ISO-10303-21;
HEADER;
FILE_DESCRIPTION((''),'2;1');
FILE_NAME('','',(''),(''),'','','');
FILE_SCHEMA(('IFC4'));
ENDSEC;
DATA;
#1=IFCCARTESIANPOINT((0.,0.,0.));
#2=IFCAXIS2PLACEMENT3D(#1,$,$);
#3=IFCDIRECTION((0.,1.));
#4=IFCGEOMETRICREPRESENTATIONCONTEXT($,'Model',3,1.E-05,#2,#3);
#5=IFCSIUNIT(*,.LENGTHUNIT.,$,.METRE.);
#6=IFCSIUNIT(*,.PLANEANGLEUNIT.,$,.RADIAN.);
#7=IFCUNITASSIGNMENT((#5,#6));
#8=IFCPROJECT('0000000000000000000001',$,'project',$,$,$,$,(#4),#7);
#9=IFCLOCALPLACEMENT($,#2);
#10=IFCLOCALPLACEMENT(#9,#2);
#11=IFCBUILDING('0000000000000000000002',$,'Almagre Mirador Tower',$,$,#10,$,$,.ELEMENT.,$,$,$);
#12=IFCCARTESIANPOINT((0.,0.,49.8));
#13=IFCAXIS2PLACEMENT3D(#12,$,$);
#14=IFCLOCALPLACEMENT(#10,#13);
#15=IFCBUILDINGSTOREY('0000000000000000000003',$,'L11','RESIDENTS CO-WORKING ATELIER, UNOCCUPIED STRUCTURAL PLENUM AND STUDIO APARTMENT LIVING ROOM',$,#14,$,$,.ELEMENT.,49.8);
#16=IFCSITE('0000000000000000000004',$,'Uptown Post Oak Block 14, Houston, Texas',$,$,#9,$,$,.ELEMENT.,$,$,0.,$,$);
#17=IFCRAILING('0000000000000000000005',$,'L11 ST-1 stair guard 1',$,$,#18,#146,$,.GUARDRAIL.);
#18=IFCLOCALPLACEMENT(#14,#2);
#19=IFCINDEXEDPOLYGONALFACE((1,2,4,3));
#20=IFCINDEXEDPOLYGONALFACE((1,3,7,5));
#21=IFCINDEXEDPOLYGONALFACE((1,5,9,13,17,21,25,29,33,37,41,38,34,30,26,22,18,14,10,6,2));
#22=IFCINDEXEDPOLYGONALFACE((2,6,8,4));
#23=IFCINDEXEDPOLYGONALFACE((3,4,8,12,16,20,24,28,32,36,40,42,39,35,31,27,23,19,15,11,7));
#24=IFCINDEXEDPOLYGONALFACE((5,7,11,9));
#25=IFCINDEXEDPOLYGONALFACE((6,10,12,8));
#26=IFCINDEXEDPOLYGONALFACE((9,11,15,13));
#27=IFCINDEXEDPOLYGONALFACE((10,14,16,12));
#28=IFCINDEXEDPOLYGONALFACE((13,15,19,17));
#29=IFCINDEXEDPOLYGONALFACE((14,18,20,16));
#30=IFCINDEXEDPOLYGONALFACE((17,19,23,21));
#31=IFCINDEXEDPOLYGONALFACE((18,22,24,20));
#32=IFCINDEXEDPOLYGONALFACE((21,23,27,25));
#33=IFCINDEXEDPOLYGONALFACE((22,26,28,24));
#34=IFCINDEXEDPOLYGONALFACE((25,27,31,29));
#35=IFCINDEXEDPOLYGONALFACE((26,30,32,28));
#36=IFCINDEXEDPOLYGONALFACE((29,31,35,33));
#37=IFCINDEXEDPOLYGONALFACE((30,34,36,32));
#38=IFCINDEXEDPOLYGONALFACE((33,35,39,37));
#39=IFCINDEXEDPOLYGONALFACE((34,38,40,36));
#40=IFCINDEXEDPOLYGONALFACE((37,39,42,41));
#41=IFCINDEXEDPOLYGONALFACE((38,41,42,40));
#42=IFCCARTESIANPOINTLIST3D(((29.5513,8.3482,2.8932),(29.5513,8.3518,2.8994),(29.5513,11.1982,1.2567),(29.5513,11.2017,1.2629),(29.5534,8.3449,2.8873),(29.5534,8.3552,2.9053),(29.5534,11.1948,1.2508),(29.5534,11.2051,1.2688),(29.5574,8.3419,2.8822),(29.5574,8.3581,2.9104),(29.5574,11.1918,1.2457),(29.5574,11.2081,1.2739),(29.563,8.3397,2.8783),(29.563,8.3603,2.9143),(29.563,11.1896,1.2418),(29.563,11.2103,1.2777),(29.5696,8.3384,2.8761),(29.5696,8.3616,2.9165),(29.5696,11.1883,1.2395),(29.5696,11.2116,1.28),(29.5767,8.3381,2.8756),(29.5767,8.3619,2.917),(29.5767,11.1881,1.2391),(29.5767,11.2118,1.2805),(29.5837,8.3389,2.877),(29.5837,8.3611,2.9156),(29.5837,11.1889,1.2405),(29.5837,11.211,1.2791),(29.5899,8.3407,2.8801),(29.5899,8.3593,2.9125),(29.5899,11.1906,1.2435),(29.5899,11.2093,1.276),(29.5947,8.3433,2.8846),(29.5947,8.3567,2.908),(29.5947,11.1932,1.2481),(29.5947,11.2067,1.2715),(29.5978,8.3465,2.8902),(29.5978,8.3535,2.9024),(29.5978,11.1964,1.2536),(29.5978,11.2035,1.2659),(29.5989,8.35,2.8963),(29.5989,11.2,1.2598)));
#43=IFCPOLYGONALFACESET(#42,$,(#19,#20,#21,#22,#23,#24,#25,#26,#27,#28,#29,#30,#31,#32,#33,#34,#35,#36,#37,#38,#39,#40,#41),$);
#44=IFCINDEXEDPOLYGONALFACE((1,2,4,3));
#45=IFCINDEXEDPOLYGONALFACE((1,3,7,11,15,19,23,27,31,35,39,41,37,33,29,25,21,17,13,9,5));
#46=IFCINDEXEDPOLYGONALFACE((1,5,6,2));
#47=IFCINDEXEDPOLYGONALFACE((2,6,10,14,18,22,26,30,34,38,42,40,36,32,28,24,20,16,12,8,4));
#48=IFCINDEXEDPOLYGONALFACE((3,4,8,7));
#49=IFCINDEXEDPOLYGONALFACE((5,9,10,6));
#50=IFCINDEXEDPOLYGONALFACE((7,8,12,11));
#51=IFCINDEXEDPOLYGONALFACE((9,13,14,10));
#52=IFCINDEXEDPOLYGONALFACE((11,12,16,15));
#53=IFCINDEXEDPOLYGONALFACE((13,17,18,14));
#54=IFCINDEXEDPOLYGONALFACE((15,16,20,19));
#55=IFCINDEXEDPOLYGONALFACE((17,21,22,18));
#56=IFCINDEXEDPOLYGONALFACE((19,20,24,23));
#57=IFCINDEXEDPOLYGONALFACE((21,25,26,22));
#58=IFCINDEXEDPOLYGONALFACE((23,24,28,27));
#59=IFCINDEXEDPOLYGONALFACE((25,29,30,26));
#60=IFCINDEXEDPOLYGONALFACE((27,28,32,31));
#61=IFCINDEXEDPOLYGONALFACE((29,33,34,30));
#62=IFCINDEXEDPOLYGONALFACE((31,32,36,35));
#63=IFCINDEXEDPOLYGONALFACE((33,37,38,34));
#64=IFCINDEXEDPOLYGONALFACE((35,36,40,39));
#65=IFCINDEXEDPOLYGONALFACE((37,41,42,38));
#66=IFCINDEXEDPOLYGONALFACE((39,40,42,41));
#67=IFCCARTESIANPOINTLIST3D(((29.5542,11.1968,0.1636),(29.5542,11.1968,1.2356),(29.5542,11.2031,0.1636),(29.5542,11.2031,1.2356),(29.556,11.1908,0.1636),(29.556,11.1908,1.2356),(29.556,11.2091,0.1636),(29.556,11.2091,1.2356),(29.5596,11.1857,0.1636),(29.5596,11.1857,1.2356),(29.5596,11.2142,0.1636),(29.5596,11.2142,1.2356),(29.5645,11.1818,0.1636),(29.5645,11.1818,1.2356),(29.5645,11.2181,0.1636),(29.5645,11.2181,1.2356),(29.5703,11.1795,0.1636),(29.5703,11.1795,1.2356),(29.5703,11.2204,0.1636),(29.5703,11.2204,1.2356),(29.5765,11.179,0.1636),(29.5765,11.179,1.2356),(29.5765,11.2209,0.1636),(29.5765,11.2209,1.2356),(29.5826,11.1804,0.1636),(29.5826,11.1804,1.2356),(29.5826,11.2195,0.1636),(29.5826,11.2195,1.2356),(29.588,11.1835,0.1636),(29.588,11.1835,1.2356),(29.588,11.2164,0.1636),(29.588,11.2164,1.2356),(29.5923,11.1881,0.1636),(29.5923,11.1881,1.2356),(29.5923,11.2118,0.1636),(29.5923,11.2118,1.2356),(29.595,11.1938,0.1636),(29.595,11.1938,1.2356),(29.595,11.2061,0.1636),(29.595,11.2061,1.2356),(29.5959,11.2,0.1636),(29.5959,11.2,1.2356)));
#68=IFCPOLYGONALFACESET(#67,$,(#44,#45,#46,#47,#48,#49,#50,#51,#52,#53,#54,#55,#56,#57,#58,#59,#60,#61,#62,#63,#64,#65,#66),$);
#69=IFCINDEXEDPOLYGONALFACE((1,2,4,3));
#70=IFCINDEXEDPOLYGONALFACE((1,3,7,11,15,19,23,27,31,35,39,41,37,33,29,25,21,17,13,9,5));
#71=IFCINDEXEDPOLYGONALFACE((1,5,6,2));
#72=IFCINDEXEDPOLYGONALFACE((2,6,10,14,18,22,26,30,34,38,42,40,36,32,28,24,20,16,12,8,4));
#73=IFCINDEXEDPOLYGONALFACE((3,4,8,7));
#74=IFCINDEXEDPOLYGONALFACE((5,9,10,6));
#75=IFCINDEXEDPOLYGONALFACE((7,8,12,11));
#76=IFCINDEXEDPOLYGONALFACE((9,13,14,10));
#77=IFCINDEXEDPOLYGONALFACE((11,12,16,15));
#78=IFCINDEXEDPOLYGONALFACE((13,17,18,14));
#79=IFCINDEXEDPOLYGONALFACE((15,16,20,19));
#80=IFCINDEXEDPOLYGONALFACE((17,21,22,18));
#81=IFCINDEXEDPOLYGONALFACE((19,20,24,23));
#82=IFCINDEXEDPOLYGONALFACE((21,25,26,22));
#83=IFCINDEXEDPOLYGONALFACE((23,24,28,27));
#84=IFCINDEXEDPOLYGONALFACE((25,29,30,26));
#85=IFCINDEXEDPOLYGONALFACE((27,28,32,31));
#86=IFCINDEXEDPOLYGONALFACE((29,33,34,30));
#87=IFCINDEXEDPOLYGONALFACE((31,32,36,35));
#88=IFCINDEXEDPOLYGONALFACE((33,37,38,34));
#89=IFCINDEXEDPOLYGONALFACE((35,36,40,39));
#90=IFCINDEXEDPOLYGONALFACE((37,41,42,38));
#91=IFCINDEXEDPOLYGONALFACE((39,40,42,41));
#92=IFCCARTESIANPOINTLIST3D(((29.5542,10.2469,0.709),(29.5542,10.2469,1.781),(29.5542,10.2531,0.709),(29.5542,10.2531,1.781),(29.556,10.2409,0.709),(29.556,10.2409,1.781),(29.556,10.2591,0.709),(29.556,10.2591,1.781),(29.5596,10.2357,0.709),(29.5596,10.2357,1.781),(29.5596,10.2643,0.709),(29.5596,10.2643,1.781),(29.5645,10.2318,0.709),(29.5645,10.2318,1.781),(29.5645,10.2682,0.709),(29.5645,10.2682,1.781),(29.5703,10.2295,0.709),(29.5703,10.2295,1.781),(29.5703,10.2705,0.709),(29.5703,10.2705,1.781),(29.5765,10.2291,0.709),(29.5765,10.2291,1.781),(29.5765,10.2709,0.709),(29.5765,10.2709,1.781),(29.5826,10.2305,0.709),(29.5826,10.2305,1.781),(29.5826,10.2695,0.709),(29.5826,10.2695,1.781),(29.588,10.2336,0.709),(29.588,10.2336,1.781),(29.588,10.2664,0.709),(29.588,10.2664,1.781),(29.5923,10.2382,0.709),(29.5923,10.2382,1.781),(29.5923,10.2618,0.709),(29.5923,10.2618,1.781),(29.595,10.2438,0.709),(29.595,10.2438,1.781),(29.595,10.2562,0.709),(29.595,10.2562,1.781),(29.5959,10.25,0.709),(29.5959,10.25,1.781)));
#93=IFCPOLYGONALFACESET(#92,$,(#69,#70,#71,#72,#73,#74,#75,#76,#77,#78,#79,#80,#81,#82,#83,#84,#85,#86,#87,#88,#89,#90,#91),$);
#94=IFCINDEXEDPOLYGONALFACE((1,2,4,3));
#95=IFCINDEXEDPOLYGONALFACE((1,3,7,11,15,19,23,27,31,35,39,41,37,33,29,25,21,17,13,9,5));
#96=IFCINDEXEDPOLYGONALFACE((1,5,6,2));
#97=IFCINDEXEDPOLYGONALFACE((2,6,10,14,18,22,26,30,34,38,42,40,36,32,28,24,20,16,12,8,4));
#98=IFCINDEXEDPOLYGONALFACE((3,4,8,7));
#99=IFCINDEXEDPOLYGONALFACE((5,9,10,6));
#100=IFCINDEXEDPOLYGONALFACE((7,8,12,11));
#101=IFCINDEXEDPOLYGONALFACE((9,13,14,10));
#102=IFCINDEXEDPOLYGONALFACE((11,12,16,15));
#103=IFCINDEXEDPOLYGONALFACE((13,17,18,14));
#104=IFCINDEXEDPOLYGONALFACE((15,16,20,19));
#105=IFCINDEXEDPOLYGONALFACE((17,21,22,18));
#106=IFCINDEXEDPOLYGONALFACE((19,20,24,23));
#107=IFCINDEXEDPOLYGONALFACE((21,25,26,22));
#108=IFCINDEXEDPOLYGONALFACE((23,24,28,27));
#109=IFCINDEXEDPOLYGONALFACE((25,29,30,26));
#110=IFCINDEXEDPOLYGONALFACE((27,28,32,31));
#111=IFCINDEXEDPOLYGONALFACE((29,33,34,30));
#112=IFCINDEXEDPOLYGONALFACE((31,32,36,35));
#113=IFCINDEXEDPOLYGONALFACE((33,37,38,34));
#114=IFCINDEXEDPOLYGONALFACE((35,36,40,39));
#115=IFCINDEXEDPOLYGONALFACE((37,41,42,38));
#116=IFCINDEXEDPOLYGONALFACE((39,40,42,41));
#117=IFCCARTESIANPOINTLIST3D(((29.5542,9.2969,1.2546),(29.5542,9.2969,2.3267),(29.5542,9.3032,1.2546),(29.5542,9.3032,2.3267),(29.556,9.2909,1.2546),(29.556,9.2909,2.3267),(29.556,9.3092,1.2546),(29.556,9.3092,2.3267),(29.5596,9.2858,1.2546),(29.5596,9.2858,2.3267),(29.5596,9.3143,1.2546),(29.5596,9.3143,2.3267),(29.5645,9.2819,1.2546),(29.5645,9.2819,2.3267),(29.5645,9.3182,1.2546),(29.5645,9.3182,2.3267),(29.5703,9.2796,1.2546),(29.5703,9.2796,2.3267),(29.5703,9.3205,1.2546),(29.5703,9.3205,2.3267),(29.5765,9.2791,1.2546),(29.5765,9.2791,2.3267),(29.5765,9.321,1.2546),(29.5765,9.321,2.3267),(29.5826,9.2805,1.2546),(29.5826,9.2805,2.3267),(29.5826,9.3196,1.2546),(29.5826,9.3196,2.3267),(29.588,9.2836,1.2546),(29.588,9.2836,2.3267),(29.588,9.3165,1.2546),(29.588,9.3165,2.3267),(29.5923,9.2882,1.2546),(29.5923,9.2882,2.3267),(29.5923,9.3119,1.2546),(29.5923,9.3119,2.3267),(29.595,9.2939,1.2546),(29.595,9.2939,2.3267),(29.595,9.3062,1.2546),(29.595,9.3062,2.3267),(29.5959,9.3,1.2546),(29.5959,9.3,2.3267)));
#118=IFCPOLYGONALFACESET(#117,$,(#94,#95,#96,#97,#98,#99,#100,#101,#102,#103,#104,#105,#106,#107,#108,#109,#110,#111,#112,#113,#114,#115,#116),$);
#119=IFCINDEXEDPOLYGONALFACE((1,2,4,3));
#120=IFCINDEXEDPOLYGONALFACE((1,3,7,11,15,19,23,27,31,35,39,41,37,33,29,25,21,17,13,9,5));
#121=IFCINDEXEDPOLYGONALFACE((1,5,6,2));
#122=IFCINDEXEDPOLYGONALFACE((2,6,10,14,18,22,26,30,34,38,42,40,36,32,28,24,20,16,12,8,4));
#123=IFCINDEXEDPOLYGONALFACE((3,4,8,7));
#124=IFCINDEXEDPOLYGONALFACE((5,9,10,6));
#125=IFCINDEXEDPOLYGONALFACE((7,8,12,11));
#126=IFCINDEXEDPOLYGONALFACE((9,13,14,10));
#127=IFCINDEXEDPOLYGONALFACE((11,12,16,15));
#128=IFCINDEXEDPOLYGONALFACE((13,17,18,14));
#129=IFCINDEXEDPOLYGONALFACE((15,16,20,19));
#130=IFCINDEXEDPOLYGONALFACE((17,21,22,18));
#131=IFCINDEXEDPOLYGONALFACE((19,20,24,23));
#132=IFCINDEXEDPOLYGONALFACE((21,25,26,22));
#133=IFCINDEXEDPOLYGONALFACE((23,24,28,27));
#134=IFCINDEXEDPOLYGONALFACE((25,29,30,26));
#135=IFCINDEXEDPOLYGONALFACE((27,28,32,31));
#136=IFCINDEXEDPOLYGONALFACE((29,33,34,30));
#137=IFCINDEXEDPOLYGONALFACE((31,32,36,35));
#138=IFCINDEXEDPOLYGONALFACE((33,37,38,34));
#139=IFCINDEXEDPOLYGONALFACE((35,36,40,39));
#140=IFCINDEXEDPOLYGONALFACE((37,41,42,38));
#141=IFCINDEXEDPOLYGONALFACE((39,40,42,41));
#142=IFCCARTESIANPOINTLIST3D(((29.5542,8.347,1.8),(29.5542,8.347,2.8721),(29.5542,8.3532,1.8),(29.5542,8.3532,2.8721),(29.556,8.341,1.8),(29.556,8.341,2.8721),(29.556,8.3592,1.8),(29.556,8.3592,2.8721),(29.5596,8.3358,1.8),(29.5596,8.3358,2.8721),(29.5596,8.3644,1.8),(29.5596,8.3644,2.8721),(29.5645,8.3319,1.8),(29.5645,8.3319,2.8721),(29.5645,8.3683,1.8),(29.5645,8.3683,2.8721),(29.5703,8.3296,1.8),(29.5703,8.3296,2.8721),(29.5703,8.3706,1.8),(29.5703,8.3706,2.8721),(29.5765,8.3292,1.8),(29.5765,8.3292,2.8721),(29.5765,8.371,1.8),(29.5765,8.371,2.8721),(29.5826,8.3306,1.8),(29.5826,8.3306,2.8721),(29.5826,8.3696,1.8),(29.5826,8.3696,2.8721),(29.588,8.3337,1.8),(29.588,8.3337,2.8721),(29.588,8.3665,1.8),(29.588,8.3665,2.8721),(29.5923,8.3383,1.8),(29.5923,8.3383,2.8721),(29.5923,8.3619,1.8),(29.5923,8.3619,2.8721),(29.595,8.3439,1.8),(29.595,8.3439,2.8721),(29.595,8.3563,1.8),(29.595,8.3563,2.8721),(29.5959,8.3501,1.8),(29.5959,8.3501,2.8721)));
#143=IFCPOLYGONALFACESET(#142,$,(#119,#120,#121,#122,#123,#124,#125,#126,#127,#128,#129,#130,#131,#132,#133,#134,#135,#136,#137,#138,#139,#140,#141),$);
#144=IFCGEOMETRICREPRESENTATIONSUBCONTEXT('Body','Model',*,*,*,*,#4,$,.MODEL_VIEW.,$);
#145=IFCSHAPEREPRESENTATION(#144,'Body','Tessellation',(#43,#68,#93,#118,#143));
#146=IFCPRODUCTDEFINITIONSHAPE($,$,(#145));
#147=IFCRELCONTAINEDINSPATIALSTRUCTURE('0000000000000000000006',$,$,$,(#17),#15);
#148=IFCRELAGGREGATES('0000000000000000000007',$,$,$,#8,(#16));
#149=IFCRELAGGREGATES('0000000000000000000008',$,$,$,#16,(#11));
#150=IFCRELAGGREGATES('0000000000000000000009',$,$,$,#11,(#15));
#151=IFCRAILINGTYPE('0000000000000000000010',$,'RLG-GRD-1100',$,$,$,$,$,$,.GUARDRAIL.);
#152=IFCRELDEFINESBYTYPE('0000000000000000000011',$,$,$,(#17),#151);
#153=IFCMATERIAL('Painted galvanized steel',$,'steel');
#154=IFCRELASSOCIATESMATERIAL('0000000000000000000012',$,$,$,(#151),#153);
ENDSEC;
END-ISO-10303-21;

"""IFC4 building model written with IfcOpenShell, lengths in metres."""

from ifc_helpers import new_model, si_unit, direction, frame, origin, origin_2d, place, context, subcontext, project, spatial, circle, extrude, material, type_object, element, save


model = new_model("IFC4")

# Units and contexts
model_context = context("Model", 3, precision=1e-05, world=origin(), true_north=direction((0.0, 1.0)))
body_context = subcontext(model_context, "Body", "Model", "MODEL_VIEW")
ifc_project = project(units=[si_unit("LENGTHUNIT", "METRE"), si_unit("PLANEANGLEUNIT", "RADIAN")], contexts=[model_context])

# Site, building, storey
site_placement = place(None, origin())
site = spatial("IfcSite", under=ifc_project, at=site_placement, Name="Uptown Post Oak Block 14, Houston, Texas", CompositionType="ELEMENT", RefElevation=0.0)
building_placement = place(site_placement, origin())
building = spatial("IfcBuilding", under=site, at=building_placement, Name="Almagre Mirador Tower", CompositionType="ELEMENT")
storey_placement = place(building_placement, frame((0.0, 0.0, 49.8)))
storey = spatial("IfcBuildingStorey", under=building, at=storey_placement, Name="L11", Description="RESIDENTS CO-WORKING ATELIER, UNOCCUPIED STRUCTURAL PLENUM AND STUDIO APARTMENT LIVING ROOM", CompositionType="ELEMENT", Elevation=49.8)

# Railing
ifc_material_1 = material(Name="Painted galvanized steel", Category="steel")
railing_type_1 = type_object("IfcRailingType", Name="RLG-GRD-1100", PredefinedType="GUARDRAIL", material=ifc_material_1)
railing_1_placement = place(storey_placement, frame((29.575, 11.2, 0.1636)))
element("IfcRailing", 1, at=railing_1_placement, inside=storey, type_object=railing_type_1, Name="L11 ST-1 stair guard 1", PredefinedType="GUARDRAIL", context=body_context, shape_type="SweptSolid", body=[
    extrude(circle(Radius=0.0239, at=origin_2d()), frame((0.0, 0.0, 1.0962), z_axis=(0.0, -0.867194, 0.49797), x_axis=(1.0, 0.0, 0.0)), (0.0, 0.0, 1.0), 3.2864),
    extrude(circle(Radius=0.021, at=origin_2d()), origin(), (0.0, 0.0, 1.0), 1.072),
    extrude(circle(Radius=0.021, at=origin_2d()), frame((0.0, -0.95, 0.5454)), (0.0, 0.0, 1.0), 1.072),
    extrude(circle(Radius=0.021, at=origin_2d()), frame((0.0, -1.8999, 1.0911)), (0.0, 0.0, 1.0), 1.072),
    extrude(circle(Radius=0.021, at=origin_2d()), frame((0.0, -2.8499, 1.6365)), (0.0, 0.0, 1.0), 1.072),
])

save(model, "model.ifc")
